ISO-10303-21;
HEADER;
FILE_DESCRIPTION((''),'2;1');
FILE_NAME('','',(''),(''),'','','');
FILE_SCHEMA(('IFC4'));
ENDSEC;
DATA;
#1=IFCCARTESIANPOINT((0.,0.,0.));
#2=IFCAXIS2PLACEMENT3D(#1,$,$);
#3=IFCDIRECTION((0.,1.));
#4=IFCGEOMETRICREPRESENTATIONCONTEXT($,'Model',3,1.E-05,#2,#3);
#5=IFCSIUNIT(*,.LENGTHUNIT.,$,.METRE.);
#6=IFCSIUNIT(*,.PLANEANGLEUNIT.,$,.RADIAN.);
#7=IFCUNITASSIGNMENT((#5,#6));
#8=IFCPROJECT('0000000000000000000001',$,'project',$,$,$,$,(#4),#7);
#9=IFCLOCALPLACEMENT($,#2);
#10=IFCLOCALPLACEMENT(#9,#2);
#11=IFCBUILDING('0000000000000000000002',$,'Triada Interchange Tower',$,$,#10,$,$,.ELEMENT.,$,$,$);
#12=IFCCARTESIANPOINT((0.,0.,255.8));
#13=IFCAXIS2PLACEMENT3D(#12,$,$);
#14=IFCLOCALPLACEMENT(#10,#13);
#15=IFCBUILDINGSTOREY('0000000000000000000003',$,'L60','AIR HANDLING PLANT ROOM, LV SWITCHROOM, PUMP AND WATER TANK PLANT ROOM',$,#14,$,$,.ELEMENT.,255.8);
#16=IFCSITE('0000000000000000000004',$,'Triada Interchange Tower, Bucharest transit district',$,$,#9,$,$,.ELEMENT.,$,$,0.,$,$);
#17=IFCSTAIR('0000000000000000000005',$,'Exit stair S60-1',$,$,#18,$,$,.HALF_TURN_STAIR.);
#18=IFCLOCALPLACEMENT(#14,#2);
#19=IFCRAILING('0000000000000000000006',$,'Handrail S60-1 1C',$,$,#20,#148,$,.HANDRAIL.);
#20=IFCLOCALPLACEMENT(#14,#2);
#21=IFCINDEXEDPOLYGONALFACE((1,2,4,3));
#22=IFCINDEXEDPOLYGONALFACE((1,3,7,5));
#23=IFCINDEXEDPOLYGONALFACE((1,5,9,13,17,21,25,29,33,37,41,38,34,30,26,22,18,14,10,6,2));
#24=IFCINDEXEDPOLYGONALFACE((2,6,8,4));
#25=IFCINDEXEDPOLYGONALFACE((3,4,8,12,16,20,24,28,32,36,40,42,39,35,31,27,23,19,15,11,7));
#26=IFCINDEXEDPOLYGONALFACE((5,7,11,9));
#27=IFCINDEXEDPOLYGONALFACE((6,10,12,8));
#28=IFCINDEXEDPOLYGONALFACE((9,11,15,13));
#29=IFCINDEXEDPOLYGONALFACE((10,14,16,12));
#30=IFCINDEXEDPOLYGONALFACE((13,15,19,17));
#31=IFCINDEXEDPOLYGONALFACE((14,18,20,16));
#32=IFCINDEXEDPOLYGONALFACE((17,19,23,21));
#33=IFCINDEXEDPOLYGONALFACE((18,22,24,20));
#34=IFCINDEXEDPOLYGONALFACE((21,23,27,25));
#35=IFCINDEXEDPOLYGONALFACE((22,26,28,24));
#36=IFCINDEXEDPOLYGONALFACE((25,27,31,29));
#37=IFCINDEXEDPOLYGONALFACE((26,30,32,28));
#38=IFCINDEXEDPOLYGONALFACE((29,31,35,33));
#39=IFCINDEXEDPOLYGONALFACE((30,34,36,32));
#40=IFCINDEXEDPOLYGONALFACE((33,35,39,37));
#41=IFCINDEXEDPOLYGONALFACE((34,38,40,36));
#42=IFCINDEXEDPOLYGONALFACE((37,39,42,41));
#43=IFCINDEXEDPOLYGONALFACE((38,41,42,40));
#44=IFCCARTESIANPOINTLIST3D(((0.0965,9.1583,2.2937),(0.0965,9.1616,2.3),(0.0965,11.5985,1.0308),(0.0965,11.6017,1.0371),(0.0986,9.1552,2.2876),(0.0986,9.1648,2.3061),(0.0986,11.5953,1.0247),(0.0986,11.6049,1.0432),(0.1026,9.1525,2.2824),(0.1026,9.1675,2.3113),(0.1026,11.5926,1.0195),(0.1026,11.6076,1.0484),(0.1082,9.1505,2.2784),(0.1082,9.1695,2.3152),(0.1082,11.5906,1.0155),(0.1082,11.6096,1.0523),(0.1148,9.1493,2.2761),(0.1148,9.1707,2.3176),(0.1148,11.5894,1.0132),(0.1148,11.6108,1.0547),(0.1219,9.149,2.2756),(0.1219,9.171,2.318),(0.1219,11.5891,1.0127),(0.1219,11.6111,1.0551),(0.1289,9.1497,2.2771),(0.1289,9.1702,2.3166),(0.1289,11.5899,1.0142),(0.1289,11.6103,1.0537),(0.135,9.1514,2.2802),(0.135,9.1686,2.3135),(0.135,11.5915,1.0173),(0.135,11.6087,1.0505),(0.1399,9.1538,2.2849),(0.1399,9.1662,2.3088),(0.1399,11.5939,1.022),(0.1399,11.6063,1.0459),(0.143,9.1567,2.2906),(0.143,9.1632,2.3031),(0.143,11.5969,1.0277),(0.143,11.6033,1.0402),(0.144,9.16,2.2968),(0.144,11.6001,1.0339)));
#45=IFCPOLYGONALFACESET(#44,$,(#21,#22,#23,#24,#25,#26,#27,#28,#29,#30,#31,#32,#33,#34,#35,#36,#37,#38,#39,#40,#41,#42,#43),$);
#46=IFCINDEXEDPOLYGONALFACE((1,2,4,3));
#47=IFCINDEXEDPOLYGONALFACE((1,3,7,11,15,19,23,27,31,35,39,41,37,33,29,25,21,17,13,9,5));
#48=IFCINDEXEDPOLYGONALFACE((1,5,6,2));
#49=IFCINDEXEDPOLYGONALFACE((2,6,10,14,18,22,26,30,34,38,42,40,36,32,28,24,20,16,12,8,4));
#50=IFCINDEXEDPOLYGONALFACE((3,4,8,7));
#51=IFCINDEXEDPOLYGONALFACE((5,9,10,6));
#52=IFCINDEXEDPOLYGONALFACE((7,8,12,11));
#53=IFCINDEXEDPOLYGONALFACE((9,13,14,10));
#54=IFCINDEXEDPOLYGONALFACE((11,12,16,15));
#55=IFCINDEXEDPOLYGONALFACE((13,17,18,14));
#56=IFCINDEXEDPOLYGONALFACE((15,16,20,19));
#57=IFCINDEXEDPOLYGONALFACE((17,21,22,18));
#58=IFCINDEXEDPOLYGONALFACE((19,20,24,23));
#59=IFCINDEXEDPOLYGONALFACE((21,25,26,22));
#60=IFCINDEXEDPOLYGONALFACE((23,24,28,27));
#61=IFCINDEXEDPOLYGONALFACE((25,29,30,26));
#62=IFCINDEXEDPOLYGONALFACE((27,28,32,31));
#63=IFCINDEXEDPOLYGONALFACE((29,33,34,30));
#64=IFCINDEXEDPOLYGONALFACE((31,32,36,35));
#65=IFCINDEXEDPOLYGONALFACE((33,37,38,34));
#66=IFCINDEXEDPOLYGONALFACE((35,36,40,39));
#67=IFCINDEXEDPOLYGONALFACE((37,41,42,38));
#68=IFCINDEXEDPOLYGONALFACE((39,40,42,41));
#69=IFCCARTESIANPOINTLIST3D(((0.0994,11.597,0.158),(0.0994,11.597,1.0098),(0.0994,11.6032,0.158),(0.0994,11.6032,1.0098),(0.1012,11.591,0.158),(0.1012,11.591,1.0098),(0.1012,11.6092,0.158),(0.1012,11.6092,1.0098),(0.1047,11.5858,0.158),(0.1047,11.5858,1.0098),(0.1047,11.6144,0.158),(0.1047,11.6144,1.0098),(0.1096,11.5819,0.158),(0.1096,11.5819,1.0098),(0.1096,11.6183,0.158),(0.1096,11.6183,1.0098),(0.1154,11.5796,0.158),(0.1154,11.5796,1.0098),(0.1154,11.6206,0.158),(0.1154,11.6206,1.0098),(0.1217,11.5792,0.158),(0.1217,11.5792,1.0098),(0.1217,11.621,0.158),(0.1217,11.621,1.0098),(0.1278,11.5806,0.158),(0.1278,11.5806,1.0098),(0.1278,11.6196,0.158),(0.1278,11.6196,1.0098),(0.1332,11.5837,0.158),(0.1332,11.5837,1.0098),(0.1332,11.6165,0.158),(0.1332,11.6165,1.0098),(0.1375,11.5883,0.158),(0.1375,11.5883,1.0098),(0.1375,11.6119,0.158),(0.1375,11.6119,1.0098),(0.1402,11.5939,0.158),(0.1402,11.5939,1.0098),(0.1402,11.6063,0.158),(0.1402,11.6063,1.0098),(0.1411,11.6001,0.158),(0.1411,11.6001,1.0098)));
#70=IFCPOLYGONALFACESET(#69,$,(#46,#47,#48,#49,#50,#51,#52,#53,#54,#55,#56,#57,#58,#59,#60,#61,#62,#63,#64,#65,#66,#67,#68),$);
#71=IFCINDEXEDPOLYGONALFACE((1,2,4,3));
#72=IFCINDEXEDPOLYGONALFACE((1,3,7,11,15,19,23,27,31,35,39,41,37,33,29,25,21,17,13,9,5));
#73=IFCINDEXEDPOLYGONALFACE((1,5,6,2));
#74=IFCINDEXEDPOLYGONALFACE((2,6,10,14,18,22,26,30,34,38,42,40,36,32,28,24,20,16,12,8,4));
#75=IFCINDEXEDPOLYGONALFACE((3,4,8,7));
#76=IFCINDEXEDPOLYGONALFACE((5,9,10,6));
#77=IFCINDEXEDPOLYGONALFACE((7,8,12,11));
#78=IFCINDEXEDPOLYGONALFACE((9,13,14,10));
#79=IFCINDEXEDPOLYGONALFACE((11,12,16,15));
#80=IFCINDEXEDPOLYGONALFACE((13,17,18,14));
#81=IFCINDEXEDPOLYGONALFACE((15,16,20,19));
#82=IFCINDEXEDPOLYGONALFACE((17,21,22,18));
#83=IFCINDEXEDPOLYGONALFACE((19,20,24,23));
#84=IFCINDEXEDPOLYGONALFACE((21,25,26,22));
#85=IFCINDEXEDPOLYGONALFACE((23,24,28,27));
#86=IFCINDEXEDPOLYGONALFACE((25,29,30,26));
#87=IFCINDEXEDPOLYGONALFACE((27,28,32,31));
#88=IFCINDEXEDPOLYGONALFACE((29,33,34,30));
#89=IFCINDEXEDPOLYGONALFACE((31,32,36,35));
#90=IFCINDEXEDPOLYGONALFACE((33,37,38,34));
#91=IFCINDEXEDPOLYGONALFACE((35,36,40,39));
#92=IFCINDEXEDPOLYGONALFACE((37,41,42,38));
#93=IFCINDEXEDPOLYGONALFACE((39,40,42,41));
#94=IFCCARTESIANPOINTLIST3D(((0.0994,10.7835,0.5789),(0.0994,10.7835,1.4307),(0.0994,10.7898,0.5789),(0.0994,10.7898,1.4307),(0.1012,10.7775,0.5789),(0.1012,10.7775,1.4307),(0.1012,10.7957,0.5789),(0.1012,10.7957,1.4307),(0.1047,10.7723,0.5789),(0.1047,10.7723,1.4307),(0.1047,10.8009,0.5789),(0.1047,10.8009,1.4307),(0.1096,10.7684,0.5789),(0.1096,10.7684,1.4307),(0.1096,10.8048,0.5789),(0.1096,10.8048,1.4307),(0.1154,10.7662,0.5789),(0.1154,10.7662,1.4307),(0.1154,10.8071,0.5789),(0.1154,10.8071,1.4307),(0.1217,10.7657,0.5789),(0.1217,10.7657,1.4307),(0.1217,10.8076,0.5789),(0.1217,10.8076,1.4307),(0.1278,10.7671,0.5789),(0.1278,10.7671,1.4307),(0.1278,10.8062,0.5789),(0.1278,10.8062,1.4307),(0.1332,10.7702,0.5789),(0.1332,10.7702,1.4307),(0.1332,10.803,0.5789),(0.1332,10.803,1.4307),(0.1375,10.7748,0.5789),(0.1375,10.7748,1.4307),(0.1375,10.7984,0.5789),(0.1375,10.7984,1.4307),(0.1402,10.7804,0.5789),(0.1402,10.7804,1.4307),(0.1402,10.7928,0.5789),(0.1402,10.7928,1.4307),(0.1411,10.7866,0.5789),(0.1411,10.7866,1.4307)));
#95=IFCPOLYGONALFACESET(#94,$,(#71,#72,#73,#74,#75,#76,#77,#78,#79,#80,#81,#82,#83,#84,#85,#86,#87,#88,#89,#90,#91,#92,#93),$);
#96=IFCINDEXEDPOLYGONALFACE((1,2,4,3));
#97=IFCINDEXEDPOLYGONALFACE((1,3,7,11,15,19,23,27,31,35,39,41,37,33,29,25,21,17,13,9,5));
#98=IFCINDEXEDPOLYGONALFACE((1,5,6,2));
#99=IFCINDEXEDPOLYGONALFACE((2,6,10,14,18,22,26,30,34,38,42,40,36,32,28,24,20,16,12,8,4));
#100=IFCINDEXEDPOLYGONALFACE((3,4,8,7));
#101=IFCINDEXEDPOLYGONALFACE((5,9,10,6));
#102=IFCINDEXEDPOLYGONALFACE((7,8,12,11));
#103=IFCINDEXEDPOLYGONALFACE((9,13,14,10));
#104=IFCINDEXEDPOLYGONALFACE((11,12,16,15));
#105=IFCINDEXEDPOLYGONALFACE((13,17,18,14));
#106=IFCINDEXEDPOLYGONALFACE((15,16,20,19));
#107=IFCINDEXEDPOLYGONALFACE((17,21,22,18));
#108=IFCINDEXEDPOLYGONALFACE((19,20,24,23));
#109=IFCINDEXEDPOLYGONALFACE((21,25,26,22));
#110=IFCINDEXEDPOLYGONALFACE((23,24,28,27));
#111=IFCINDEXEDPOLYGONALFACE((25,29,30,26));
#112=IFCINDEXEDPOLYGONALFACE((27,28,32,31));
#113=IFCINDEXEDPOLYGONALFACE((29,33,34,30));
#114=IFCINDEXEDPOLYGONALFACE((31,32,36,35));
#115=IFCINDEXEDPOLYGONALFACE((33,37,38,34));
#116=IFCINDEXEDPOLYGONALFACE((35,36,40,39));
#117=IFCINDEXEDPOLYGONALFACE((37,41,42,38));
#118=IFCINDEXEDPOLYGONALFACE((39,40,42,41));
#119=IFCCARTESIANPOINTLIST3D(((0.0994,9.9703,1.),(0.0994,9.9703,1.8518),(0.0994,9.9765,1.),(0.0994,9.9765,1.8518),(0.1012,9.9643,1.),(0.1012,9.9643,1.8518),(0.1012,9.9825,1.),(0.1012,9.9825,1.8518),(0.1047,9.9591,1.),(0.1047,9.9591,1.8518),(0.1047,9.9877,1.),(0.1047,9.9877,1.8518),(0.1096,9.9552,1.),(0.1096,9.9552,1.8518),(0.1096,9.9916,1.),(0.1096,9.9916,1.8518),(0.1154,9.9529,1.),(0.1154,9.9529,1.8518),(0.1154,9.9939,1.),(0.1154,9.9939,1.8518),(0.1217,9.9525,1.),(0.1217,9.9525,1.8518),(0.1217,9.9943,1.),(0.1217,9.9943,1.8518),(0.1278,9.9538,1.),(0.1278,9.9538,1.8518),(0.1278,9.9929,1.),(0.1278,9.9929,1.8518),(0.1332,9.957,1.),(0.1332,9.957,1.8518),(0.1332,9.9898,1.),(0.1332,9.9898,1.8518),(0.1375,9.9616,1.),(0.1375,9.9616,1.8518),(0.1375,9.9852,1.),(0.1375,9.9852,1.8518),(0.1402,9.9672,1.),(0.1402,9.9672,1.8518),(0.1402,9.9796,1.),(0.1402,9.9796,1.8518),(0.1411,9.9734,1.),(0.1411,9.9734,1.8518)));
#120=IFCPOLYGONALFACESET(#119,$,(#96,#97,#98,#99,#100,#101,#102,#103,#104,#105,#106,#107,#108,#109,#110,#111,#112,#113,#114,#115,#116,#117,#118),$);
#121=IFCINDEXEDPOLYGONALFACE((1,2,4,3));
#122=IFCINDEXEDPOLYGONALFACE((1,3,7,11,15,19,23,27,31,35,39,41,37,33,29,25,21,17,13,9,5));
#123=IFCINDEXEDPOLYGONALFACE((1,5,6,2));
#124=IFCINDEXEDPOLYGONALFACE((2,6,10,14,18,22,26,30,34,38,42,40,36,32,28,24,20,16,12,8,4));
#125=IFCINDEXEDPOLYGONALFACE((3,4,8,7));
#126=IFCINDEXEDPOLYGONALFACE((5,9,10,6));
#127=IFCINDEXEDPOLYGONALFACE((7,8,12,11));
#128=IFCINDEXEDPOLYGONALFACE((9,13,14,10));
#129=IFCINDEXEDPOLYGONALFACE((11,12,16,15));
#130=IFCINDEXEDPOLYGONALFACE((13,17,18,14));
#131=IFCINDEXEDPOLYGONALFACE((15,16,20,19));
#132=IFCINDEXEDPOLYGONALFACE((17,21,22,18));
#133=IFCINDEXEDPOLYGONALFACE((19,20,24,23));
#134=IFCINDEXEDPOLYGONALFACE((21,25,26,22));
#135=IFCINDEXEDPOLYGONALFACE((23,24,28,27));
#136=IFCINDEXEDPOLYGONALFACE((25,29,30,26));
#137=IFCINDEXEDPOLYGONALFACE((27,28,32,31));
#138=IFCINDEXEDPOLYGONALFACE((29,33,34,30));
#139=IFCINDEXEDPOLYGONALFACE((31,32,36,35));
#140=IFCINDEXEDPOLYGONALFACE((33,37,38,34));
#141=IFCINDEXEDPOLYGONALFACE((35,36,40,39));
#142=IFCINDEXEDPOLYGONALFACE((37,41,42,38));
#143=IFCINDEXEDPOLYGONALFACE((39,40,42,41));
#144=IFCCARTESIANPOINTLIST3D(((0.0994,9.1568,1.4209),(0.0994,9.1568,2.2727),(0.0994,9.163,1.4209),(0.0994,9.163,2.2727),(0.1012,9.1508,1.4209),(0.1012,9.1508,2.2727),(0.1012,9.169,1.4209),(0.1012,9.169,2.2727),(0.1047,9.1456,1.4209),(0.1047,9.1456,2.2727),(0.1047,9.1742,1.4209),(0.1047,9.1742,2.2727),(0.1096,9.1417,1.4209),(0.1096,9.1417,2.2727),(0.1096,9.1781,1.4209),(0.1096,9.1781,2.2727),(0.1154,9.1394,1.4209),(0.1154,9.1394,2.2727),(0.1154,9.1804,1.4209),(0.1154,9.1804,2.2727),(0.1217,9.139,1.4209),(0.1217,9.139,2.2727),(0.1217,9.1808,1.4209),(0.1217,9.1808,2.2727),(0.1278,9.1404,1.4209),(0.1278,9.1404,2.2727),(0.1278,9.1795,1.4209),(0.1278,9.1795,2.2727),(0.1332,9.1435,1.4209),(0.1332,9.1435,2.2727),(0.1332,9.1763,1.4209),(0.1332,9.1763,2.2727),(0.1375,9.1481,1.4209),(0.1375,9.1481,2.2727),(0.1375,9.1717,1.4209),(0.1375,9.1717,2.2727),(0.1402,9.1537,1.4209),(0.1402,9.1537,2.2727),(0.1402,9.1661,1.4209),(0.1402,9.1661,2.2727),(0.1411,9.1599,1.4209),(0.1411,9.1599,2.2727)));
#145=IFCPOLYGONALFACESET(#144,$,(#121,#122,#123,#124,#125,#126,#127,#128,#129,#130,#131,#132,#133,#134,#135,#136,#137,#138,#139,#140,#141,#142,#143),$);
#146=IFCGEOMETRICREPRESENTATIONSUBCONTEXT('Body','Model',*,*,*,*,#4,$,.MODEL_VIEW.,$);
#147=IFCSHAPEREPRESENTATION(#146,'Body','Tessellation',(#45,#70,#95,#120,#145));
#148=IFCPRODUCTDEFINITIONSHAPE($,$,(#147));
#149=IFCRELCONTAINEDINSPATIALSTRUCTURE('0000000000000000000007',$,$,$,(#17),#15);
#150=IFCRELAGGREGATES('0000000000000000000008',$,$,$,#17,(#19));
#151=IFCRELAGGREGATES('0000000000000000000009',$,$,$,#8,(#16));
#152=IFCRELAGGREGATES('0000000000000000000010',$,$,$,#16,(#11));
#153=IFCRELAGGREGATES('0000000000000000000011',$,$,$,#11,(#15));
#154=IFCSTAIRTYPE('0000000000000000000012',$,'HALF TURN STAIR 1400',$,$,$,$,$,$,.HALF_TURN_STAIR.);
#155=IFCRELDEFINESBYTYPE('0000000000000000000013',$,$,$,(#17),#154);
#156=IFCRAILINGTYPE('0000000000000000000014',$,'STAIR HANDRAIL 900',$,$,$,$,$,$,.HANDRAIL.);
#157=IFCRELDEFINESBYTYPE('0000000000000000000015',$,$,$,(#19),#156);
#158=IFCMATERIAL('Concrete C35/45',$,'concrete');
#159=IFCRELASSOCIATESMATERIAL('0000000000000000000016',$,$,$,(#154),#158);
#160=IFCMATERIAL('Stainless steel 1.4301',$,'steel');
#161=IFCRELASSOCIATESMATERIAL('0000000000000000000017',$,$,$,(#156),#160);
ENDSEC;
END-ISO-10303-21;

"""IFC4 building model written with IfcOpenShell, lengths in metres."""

from ifc_helpers import new_model, si_unit, direction, frame, origin, origin_2d, place, context, subcontext, project, spatial, circle, extrude, material, type_object, element, aggregate, save


model = new_model("IFC4")

# Units and contexts
model_context = context("Model", 3, precision=1e-05, world=origin(), true_north=direction((0.0, 1.0)))
body_context = subcontext(model_context, "Body", "Model", "MODEL_VIEW")
ifc_project = project(units=[si_unit("LENGTHUNIT", "METRE"), si_unit("PLANEANGLEUNIT", "RADIAN")], contexts=[model_context])

# Site, building, storey
site_placement = place(None, origin())
site = spatial("IfcSite", under=ifc_project, at=site_placement, Name="Triada Interchange Tower, Bucharest transit district", CompositionType="ELEMENT", RefElevation=0.0)
building_placement = place(site_placement, origin())
building = spatial("IfcBuilding", under=site, at=building_placement, Name="Triada Interchange Tower", CompositionType="ELEMENT")
storey_placement = place(building_placement, frame((0.0, 0.0, 255.8)))
storey = spatial("IfcBuildingStorey", under=building, at=storey_placement, Name="L60", Description="AIR HANDLING PLANT ROOM, LV SWITCHROOM, PUMP AND WATER TANK PLANT ROOM", CompositionType="ELEMENT", Elevation=255.8)

# Shared definitions
ifc_material_1 = material(Name="Concrete C35/45", Category="concrete")

# Stair, railing
stair_type = type_object("IfcStairType", Name="HALF TURN STAIR 1400", PredefinedType="HALF_TURN_STAIR", material=ifc_material_1)
stair_placement = place(storey_placement, origin())
stair = element("IfcStair", 1, at=stair_placement, inside=storey, type_object=stair_type, Name="Exit stair S60-1", PredefinedType="HALF_TURN_STAIR")
ifc_material_2 = material(Name="Stainless steel 1.4301", Category="steel")
railing_type_1 = type_object("IfcRailingType", Name="STAIR HANDRAIL 900", PredefinedType="HANDRAIL", material=ifc_material_2)
railing_1_placement = place(storey_placement, frame((0.1201, 11.6001, 0.158)))
railing_1 = element("IfcRailing", 2, at=railing_1_placement, type_object=railing_type_1, Name="Handrail S60-1 1C", PredefinedType="HANDRAIL", context=body_context, shape_type="SweptSolid", body=[
    extrude(circle(Radius=0.0239, at=origin_2d()), frame((0.0, 0.0, 0.876), z_axis=(0.0, -0.888103, 0.459645), x_axis=(1.0, 0.0, 0.0)), (0.0, 0.0, 1.0), 2.7476),
    extrude(circle(Radius=0.021, at=origin_2d()), origin(), (0.0, 0.0, 1.0), 0.8518),
    extrude(circle(Radius=0.021, at=origin_2d()), frame((0.0, -0.8135, 0.4209)), (0.0, 0.0, 1.0), 0.8518),
    extrude(circle(Radius=0.021, at=origin_2d()), frame((0.0, -1.6267, 0.842)), (0.0, 0.0, 1.0), 0.8518),
    extrude(circle(Radius=0.021, at=origin_2d()), frame((0.0, -2.4402, 1.2629)), (0.0, 0.0, 1.0), 0.8518),
])
aggregate(stair, [railing_1])

save(model, "model.ifc")
